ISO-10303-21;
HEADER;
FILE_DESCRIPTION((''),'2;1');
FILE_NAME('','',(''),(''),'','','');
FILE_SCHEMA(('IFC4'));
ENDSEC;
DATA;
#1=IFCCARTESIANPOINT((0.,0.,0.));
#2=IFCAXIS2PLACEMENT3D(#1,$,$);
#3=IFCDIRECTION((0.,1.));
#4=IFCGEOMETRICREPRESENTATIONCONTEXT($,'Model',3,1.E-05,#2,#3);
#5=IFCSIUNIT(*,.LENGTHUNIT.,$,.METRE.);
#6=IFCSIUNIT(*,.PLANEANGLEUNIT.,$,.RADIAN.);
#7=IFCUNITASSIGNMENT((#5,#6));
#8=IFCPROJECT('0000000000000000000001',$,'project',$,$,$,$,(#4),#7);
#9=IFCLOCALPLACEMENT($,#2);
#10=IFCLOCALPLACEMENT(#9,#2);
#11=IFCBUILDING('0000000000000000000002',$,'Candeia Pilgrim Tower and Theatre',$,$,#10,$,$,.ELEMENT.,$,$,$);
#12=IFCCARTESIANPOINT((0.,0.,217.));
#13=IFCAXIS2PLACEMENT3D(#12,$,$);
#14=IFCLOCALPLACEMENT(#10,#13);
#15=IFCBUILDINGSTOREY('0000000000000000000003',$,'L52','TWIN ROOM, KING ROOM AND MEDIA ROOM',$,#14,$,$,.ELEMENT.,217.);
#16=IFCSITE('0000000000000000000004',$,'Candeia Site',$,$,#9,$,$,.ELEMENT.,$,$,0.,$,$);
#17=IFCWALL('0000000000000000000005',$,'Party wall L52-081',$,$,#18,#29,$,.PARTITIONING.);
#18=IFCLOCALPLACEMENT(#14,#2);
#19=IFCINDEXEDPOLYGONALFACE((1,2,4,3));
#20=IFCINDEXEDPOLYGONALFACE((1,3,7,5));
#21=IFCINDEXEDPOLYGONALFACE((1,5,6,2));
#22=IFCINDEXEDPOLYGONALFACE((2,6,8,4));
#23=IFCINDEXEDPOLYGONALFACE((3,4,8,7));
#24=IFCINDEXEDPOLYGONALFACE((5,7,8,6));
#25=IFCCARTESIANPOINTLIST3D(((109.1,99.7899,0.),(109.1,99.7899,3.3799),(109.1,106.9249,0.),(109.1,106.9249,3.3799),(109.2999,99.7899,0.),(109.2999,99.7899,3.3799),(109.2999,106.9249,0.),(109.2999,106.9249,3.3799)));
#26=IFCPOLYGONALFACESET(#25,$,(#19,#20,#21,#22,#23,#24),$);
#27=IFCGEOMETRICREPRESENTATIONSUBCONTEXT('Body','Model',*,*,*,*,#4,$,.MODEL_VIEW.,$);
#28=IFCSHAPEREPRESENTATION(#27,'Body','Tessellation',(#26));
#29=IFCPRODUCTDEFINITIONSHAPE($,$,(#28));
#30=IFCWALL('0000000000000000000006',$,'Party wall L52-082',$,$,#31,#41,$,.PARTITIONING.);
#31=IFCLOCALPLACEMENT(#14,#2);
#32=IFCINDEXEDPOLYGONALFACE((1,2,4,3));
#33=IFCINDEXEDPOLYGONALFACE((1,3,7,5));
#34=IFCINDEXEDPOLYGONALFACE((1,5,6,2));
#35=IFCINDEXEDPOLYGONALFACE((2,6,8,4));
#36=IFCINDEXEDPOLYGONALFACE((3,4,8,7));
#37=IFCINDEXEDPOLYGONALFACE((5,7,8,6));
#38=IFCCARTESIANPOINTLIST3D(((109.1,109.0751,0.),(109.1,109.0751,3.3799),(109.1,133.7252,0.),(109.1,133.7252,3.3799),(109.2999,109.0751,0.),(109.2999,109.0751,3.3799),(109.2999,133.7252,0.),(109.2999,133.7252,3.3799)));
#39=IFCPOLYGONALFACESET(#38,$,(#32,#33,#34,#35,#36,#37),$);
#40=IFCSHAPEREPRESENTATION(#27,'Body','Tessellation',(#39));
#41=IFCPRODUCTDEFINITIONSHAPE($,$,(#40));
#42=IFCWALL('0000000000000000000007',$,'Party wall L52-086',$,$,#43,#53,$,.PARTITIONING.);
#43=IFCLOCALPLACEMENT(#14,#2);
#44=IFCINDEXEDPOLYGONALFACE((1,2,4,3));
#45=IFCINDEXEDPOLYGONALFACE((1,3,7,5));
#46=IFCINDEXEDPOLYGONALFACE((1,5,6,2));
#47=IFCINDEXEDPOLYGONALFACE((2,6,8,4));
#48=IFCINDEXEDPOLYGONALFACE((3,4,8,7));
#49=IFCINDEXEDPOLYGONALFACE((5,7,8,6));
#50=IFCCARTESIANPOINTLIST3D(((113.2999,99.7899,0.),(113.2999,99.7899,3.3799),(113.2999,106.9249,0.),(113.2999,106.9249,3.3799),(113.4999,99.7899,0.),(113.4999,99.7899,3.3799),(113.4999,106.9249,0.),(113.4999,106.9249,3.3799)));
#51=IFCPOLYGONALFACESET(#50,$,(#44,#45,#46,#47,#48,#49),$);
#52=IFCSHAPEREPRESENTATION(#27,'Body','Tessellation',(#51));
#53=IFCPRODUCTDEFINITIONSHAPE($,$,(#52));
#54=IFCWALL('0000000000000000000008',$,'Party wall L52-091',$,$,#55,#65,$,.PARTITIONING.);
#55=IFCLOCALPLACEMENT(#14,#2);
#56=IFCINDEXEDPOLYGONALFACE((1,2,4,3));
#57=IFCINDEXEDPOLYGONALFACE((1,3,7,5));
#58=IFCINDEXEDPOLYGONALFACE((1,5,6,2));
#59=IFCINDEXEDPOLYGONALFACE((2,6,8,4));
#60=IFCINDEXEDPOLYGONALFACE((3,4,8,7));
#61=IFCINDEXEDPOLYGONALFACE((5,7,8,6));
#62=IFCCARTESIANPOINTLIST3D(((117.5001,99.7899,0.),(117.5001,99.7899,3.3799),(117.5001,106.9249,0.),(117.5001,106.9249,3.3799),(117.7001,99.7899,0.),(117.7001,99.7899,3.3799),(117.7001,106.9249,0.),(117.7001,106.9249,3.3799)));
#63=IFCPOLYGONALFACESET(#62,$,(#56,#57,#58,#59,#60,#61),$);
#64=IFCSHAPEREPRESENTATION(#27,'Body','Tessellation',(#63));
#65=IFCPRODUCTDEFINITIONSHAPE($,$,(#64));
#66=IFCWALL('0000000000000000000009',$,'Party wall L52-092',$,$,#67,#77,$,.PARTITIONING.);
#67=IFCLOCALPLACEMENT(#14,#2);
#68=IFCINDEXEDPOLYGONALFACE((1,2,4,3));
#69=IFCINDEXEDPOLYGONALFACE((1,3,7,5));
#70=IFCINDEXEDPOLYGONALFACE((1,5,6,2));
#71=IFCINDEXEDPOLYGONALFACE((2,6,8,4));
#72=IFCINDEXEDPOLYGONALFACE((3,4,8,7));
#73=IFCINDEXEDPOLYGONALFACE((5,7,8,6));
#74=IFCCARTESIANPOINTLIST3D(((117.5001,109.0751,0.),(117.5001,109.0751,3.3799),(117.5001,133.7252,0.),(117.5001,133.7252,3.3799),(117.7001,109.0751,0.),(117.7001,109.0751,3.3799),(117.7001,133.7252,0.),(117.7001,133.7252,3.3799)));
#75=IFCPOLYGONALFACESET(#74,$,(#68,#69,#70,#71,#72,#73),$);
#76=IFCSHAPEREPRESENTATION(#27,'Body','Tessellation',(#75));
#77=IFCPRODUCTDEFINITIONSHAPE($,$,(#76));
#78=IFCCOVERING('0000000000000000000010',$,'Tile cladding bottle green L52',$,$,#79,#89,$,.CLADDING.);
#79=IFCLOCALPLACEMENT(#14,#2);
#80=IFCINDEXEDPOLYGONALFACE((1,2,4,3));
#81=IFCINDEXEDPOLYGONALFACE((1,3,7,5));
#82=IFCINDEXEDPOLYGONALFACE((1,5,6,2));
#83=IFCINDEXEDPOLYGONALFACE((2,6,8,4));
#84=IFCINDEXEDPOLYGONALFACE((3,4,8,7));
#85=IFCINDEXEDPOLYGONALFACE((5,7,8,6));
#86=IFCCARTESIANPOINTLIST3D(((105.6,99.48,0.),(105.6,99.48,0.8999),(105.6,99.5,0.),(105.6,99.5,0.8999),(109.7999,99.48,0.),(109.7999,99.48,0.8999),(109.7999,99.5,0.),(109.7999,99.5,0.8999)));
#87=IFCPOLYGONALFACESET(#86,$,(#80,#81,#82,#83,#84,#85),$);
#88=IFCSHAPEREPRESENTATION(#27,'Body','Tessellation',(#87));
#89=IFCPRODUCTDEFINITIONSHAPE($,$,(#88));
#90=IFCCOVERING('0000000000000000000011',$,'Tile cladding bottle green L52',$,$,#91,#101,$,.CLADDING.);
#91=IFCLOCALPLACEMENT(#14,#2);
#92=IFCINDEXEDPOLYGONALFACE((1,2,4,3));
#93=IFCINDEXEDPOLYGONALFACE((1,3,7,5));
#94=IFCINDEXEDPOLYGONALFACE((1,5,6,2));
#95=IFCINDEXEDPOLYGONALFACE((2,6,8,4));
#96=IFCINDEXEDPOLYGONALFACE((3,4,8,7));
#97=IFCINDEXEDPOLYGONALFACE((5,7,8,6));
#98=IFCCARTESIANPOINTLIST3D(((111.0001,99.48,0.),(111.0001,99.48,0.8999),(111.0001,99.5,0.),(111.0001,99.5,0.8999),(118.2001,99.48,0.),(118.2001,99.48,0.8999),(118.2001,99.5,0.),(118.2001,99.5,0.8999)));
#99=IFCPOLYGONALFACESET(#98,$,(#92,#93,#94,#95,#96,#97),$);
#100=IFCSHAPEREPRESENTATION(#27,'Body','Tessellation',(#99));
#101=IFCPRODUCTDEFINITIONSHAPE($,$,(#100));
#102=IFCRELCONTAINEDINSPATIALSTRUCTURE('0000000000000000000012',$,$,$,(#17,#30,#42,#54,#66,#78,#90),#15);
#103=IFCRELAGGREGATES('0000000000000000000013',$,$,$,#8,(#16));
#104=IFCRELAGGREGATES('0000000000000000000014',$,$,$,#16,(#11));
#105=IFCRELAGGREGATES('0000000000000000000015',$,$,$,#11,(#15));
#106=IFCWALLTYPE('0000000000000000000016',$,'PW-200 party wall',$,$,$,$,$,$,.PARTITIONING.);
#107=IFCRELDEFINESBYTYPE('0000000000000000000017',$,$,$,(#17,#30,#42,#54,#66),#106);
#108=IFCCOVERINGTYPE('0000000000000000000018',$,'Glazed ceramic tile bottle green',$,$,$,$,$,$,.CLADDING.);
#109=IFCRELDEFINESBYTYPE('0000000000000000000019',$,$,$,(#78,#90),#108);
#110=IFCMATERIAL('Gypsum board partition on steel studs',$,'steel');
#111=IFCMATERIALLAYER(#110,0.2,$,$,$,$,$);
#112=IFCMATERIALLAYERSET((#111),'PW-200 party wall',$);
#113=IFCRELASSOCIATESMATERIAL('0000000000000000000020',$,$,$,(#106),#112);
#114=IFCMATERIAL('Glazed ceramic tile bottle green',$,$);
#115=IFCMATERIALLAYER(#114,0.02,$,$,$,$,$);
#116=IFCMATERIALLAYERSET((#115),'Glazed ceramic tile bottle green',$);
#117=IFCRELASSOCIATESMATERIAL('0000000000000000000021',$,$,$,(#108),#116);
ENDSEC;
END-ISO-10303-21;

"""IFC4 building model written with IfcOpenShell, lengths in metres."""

from ifc_helpers import new_model, si_unit, direction, frame, frame_2d, origin, origin_2d, place, context, subcontext, project, spatial, rectangle, extrude, material, layer, layer_set, type_object, element, save


model = new_model("IFC4")

# Units and contexts
model_context = context("Model", 3, precision=1e-05, world=origin(), true_north=direction((0.0, 1.0)))
body_context = subcontext(model_context, "Body", "Model", "MODEL_VIEW")
ifc_project = project(units=[si_unit("LENGTHUNIT", "METRE"), si_unit("PLANEANGLEUNIT", "RADIAN")], contexts=[model_context])

# Site, building, storey
site_placement = place(None, origin())
site = spatial("IfcSite", under=ifc_project, at=site_placement, Name="Candeia Site", CompositionType="ELEMENT", RefElevation=0.0)
building_placement = place(site_placement, origin())
building = spatial("IfcBuilding", under=site, at=building_placement, Name="Candeia Pilgrim Tower and Theatre", CompositionType="ELEMENT")
storey_placement = place(building_placement, frame((0.0, 0.0, 217.0)))
storey = spatial("IfcBuildingStorey", under=building, at=storey_placement, Name="L52", Description="TWIN ROOM, KING ROOM AND MEDIA ROOM", CompositionType="ELEMENT", Elevation=217.0)

# Shared definitions
ifc_material_1 = material(Name="Gypsum board partition on steel studs", Category="steel")

# Walls
ifc_layer_1 = layer(ifc_material_1, 0.2)
ifc_layer_set_1 = layer_set([ifc_layer_1], Name="PW-200 party wall")
wall_type_1 = type_object("IfcWallType", Name="PW-200 party wall", PredefinedType="PARTITIONING", material=ifc_layer_set_1)
wall_1_placement = place(storey_placement, frame((109.2, 99.79, 0.0), z_axis=(0.0, 0.0, 1.0), x_axis=(0.0, 1.0, 0.0)))
element("IfcWall", 1, at=wall_1_placement, inside=storey, type_object=wall_type_1, Name="Party wall L52-081", PredefinedType="PARTITIONING", context=body_context, shape_type="SweptSolid", body=[
    extrude(rectangle(XDim=7.135, YDim=0.2, at=frame_2d((3.5674, 0.0))), origin(), (0.0, 0.0, 1.0), 3.3799),
])
wall_2_placement = place(storey_placement, frame((109.2, 109.075, 0.0), z_axis=(0.0, 0.0, 1.0), x_axis=(0.0, 1.0, 0.0)))
element("IfcWall", 2, at=wall_2_placement, inside=storey, type_object=wall_type_1, Name="Party wall L52-082", PredefinedType="PARTITIONING", context=body_context, shape_type="SweptSolid", body=[
    extrude(rectangle(XDim=24.6501, YDim=0.2, at=frame_2d((12.3252, 0.0))), origin(), (0.0, 0.0, 1.0), 3.3799),
])
for number, where, z_axis, x_axis, name in (
    (3, (113.3999, 99.79, 0.0), (0.0, 0.0, 1.0), (0.0, 1.0, 0.0), "Party wall L52-086"),
    (4, (117.6001, 99.79, 0.0), (0.0, 0.0, 1.0), (0.0, 1.0, 0.0), "Party wall L52-091"),
):
    element("IfcWall", number, at=place(storey_placement, frame(where, z_axis=z_axis, x_axis=x_axis)), inside=storey, type_object=wall_type_1, Name=name, PredefinedType="PARTITIONING", context=body_context, shape_type="SweptSolid", body=[
        extrude(rectangle(XDim=7.135, YDim=0.2, at=frame_2d((3.5674, 0.0))), origin(), (0.0, 0.0, 1.0), 3.3799),
    ])
wall_3_placement = place(storey_placement, frame((117.6001, 109.075, 0.0), z_axis=(0.0, 0.0, 1.0), x_axis=(0.0, 1.0, 0.0)))
element("IfcWall", 5, at=wall_3_placement, inside=storey, type_object=wall_type_1, Name="Party wall L52-092", PredefinedType="PARTITIONING", context=body_context, shape_type="SweptSolid", body=[
    extrude(rectangle(XDim=24.6501, YDim=0.2, at=frame_2d((12.3252, 0.0))), origin(), (0.0, 0.0, 1.0), 3.3799),
])

# Coverings
ifc_material_2 = material(Name="Glazed ceramic tile bottle green")
ifc_layer_2 = layer(ifc_material_2, 0.02)
ifc_layer_set_2 = layer_set([ifc_layer_2], Name="Glazed ceramic tile bottle green")
covering_type = type_object("IfcCoveringType", Name="Glazed ceramic tile bottle green", PredefinedType="CLADDING", material=ifc_layer_set_2)
covering_1_placement = place(storey_placement, frame((107.7, 99.49, 0.0), z_axis=(0.0, 0.0, 1.0), x_axis=(1.0, 0.0, 0.0)))
element("IfcCovering", 6, at=covering_1_placement, inside=storey, type_object=covering_type, Name="Tile cladding bottle green L52", PredefinedType="CLADDING", context=body_context, shape_type="SweptSolid", body=[
    extrude(rectangle(XDim=4.2, YDim=0.02, at=origin_2d()), origin(), (0.0, 0.0, 1.0), 0.8999),
])
covering_2_placement = place(storey_placement, frame((114.6001, 99.49, 0.0), z_axis=(0.0, 0.0, 1.0), x_axis=(1.0, 0.0, 0.0)))
element("IfcCovering", 7, at=covering_2_placement, inside=storey, type_object=covering_type, Name="Tile cladding bottle green L52", PredefinedType="CLADDING", context=body_context, shape_type="SweptSolid", body=[
    extrude(rectangle(XDim=7.2, YDim=0.02, at=origin_2d()), origin(), (0.0, 0.0, 1.0), 0.8999),
])

save(model, "model.ifc")
